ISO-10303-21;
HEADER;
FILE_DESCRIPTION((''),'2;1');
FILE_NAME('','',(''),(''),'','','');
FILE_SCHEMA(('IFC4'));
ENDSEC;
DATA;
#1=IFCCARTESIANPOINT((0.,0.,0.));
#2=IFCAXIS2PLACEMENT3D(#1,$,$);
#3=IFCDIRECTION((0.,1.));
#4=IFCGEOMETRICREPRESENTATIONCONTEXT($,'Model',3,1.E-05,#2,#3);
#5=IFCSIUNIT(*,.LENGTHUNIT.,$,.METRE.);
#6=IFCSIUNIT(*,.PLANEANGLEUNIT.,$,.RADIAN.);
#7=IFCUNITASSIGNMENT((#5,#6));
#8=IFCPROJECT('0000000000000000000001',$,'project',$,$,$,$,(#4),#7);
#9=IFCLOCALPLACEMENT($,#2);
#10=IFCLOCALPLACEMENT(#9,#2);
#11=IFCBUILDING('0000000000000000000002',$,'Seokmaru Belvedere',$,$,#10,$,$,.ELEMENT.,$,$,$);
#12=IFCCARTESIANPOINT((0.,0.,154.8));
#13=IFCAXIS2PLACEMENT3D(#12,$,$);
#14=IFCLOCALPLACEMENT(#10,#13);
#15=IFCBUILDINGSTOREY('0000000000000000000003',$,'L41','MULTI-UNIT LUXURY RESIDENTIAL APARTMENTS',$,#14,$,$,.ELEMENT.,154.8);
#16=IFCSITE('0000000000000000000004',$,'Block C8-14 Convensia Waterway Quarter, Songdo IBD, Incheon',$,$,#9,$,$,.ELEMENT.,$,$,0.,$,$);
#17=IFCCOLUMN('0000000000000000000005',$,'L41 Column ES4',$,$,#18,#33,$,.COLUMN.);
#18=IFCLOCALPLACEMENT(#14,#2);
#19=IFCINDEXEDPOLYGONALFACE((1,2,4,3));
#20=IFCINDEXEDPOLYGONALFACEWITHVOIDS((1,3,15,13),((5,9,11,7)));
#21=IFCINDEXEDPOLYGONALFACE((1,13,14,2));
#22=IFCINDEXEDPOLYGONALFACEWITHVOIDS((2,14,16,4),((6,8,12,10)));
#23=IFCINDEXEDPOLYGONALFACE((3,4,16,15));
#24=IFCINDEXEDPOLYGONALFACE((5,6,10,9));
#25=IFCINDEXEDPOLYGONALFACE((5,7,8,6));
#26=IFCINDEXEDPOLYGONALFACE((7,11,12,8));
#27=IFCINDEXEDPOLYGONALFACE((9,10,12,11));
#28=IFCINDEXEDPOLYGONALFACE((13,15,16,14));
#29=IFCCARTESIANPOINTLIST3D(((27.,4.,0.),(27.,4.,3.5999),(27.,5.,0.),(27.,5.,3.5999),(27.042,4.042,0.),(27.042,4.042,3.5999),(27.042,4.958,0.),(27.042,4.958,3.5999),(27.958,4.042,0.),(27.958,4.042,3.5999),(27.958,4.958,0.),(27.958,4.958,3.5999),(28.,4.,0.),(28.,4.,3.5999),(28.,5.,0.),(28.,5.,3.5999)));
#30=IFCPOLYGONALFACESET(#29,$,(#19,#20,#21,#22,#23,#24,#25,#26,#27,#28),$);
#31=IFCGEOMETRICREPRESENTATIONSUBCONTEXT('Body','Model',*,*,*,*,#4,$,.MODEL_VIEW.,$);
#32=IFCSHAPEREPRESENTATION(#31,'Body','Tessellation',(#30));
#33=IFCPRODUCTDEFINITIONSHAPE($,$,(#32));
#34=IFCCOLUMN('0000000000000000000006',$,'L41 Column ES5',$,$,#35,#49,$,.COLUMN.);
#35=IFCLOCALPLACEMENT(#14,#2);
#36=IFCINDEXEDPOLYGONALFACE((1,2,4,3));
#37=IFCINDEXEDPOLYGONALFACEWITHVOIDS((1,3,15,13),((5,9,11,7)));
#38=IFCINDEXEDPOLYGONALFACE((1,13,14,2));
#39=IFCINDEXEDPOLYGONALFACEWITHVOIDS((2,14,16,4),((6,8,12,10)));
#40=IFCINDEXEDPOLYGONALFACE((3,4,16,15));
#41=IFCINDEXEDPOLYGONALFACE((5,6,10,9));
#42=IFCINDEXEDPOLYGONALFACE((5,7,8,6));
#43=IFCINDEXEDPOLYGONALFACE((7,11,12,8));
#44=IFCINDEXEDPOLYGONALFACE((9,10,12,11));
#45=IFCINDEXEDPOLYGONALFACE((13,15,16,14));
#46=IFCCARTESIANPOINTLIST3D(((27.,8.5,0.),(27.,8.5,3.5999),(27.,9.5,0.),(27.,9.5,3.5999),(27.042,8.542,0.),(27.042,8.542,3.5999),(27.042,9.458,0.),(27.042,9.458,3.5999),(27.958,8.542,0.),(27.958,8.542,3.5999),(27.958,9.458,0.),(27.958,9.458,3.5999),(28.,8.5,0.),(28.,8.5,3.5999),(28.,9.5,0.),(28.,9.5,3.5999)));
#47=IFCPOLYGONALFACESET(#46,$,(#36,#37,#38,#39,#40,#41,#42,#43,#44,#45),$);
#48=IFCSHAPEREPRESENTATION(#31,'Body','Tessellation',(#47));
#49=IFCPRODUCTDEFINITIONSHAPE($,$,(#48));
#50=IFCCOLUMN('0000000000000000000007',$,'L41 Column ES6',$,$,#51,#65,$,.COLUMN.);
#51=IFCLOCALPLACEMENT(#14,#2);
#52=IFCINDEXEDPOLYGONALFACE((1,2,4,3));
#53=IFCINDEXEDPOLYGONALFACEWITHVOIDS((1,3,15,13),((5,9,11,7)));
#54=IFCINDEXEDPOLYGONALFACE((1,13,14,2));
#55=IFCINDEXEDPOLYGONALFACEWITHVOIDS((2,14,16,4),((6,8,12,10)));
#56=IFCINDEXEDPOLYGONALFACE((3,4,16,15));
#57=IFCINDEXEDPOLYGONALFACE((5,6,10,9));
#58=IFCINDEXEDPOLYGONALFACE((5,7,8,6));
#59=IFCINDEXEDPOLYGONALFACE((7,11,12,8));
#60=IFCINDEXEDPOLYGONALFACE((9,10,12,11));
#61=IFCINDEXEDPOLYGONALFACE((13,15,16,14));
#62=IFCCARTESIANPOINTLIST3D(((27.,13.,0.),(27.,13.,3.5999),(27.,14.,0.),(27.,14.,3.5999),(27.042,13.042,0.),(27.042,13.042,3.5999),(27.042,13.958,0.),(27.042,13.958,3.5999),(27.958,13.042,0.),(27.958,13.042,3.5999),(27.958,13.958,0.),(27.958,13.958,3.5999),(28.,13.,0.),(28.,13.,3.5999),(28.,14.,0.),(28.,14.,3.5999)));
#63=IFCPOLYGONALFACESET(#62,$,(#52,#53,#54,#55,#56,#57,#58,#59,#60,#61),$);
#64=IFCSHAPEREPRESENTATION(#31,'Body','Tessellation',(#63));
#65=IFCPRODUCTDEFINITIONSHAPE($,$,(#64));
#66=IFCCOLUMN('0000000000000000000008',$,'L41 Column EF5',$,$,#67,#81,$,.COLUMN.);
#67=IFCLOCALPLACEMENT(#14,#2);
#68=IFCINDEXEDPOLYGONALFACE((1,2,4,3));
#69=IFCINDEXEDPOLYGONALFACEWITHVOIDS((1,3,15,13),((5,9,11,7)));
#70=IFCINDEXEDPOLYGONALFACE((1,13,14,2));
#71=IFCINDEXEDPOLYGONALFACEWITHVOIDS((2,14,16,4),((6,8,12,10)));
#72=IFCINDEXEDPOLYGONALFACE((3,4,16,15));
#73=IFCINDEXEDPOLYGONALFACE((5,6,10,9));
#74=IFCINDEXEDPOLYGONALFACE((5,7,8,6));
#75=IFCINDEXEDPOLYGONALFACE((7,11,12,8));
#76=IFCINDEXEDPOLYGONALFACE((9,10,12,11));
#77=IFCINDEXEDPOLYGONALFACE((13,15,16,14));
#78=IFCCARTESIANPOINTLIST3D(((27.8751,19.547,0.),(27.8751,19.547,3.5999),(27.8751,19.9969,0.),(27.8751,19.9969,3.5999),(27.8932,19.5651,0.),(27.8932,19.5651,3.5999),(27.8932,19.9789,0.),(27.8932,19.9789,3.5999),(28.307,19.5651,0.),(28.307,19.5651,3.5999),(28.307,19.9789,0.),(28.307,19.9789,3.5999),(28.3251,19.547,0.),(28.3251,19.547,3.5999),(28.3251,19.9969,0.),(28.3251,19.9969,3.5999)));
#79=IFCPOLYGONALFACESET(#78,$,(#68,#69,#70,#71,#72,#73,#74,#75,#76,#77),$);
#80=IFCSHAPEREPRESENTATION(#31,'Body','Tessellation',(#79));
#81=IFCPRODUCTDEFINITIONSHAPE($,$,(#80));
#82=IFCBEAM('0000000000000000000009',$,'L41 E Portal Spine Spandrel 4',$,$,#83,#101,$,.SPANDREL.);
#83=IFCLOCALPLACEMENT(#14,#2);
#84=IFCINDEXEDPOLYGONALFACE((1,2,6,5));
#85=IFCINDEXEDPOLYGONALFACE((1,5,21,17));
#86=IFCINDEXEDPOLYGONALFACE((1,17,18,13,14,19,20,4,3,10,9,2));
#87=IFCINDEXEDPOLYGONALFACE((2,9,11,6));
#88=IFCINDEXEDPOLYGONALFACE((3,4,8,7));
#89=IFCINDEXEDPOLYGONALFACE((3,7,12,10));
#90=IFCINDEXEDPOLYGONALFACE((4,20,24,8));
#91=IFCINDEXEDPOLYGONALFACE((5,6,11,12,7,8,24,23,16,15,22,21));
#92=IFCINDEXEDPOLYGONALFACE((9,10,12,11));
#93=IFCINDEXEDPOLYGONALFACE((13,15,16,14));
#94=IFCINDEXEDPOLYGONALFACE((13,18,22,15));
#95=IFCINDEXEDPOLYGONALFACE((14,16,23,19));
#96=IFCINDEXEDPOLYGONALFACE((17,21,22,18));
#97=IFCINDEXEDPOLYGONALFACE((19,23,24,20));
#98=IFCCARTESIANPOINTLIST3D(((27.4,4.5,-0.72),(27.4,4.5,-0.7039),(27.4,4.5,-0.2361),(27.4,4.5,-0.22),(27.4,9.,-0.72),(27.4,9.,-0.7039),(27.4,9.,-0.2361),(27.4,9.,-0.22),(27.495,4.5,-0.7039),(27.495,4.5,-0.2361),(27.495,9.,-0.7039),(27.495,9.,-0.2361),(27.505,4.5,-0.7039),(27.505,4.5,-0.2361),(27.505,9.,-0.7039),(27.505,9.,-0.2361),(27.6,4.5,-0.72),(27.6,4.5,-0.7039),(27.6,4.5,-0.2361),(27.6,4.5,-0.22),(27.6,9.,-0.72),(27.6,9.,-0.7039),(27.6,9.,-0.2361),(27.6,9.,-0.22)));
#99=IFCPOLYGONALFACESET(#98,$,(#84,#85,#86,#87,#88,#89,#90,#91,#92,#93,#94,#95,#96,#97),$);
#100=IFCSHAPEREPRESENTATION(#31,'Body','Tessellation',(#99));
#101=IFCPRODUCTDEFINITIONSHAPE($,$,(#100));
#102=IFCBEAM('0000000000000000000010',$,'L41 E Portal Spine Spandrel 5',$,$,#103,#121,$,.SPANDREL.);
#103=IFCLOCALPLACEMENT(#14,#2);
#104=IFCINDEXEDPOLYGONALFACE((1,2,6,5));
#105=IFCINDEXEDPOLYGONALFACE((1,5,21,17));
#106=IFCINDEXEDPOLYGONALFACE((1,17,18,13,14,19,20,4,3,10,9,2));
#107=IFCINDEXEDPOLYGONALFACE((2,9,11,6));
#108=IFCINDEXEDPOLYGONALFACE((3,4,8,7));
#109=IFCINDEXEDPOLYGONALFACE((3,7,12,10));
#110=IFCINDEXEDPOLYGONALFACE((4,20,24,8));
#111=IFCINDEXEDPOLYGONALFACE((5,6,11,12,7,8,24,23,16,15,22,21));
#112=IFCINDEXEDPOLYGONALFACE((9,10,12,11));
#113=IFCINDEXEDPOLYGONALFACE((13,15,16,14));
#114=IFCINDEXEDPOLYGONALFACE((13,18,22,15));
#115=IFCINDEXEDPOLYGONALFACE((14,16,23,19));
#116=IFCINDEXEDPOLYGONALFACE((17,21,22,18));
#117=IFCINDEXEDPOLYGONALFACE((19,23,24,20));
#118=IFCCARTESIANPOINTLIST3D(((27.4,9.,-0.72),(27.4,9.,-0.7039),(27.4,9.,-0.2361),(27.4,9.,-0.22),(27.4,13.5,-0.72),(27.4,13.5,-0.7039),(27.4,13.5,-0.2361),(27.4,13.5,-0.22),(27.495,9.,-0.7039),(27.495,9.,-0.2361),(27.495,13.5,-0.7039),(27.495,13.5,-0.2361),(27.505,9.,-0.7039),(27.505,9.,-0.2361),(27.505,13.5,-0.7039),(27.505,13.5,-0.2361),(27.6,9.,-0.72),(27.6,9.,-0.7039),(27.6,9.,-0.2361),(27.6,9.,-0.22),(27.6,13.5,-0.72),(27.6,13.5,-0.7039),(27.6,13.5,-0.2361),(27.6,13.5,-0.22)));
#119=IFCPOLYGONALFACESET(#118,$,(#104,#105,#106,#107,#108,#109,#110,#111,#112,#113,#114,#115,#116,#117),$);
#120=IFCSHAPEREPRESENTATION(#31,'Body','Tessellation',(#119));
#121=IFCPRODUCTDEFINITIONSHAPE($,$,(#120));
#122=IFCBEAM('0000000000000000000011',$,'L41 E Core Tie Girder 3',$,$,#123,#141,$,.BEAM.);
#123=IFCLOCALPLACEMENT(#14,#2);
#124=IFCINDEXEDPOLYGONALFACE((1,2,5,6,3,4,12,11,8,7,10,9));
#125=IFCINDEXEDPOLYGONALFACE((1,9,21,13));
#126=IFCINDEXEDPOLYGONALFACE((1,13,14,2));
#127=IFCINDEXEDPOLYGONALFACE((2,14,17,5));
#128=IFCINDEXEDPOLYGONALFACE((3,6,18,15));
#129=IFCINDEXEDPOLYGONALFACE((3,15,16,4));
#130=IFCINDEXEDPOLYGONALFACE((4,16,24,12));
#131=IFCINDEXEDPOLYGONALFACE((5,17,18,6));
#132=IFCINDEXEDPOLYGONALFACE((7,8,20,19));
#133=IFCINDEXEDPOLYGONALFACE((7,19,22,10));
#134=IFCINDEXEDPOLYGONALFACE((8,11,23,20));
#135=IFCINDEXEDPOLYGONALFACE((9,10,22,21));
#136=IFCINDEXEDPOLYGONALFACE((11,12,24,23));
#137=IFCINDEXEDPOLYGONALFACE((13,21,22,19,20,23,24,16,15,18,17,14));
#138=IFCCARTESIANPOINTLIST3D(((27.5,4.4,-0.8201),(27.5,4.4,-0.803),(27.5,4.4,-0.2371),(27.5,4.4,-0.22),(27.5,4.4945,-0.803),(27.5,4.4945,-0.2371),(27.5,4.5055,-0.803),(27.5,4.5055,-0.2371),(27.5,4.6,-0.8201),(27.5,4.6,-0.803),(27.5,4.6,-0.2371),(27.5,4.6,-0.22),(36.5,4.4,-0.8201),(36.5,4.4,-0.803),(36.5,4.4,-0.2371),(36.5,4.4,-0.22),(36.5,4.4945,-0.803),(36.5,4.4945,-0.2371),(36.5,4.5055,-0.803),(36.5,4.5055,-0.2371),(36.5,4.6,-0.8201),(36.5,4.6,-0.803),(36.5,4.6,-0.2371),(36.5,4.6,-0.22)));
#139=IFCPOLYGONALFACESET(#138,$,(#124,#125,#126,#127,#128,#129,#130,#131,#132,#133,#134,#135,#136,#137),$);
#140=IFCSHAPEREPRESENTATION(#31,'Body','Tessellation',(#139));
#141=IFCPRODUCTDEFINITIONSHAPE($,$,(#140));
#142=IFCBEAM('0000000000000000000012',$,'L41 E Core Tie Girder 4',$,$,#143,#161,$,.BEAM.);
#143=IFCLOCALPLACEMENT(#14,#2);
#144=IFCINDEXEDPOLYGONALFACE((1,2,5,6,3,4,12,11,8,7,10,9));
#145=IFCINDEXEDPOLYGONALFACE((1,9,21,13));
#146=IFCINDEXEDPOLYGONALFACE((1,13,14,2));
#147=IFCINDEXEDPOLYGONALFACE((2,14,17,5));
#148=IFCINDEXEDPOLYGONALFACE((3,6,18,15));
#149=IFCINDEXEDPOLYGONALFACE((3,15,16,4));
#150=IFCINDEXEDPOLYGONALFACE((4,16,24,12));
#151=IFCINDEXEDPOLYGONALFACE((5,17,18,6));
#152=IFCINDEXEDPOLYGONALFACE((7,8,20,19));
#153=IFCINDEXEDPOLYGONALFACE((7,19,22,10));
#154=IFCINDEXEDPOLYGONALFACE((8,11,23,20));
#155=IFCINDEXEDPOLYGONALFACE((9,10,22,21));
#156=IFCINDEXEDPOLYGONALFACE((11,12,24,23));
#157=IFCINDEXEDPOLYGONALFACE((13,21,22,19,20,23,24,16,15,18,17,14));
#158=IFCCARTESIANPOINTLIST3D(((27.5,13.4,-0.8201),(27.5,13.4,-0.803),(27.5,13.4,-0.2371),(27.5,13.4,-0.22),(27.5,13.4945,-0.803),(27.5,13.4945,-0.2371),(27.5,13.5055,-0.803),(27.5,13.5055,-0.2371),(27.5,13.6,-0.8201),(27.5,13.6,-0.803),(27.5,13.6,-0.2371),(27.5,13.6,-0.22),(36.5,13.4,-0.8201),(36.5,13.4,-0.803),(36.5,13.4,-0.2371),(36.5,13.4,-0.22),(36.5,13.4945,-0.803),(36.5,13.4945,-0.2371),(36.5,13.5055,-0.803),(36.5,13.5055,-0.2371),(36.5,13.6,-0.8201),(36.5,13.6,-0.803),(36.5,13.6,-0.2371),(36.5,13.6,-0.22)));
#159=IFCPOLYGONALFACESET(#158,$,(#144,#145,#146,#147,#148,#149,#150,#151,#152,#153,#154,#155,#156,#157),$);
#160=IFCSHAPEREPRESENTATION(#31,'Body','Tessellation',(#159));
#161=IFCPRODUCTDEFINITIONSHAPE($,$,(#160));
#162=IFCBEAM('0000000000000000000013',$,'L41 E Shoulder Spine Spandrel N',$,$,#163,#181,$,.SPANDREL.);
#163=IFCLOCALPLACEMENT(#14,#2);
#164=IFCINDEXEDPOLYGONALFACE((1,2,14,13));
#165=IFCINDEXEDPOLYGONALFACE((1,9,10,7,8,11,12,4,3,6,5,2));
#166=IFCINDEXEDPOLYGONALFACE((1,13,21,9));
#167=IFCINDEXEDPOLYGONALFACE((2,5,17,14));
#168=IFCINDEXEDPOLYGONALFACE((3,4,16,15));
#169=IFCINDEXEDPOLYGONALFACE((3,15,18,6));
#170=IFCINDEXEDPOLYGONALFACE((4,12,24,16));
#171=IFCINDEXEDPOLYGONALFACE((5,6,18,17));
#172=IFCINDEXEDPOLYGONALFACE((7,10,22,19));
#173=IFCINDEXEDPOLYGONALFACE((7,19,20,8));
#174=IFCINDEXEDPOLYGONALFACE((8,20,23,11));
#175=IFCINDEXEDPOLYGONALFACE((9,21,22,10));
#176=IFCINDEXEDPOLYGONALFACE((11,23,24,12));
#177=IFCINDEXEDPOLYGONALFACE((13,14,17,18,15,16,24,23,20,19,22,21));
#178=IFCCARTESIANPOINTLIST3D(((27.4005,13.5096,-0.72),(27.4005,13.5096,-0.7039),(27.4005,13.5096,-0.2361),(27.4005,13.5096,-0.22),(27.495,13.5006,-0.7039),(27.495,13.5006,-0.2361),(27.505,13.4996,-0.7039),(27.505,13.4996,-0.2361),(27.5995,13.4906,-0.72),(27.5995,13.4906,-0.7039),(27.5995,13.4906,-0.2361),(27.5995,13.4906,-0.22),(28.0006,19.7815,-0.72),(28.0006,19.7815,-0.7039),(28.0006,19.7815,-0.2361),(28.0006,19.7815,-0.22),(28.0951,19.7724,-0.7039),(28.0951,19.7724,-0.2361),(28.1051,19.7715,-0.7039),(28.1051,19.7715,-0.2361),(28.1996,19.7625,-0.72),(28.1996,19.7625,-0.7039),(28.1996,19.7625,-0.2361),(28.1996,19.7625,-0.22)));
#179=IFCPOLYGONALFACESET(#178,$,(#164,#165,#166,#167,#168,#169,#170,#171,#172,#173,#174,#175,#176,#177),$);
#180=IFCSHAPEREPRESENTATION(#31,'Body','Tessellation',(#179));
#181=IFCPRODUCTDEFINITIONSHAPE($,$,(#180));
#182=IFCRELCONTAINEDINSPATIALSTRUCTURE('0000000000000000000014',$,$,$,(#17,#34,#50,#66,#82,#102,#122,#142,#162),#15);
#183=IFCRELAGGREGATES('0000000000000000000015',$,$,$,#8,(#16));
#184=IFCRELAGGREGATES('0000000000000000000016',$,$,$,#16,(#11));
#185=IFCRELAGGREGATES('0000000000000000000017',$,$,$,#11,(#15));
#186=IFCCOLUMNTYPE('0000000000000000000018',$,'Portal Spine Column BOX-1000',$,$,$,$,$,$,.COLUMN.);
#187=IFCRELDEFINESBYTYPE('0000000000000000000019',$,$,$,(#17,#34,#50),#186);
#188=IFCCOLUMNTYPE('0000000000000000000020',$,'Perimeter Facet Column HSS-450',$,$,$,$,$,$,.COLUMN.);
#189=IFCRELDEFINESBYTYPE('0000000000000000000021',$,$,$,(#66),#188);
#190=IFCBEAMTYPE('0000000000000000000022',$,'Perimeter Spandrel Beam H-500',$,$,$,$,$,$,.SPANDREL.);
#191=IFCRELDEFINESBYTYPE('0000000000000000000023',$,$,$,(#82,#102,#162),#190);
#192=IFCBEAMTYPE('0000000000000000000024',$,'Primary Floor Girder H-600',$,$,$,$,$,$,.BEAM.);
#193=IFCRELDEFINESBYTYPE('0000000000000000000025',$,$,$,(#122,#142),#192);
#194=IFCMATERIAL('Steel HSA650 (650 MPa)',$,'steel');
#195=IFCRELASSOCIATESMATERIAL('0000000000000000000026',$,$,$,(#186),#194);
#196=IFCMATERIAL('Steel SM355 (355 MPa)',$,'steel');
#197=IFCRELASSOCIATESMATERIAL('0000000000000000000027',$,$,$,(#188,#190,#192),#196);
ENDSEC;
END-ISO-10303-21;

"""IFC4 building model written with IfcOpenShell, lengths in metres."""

from ifc_helpers import new_model, si_unit, direction, frame, origin, origin_2d, place, context, subcontext, project, spatial, hollow_rectangle, i_section, extrude, source, transform, mapped, material, material_profile, profile_set, type_object, type_shapes, element, save


model = new_model("IFC4")

# Units and contexts
model_context = context("Model", 3, precision=1e-05, world=origin(), true_north=direction((0.0, 1.0)))
body_context = subcontext(model_context, "Body", "Model", "MODEL_VIEW")
ifc_project = project(units=[si_unit("LENGTHUNIT", "METRE"), si_unit("PLANEANGLEUNIT", "RADIAN")], contexts=[model_context])

# Site, building, storey
site_placement = place(None, origin())
site = spatial("IfcSite", under=ifc_project, at=site_placement, Name="Block C8-14 Convensia Waterway Quarter, Songdo IBD, Incheon", CompositionType="ELEMENT", RefElevation=0.0)
building_placement = place(site_placement, origin())
building = spatial("IfcBuilding", under=site, at=building_placement, Name="Seokmaru Belvedere", CompositionType="ELEMENT")
storey_placement = place(building_placement, frame((0.0, 0.0, 154.8)))
storey = spatial("IfcBuildingStorey", under=building, at=storey_placement, Name="L41", Description="MULTI-UNIT LUXURY RESIDENTIAL APARTMENTS", CompositionType="ELEMENT", Elevation=154.8)

# Columns
ifc_material_1 = material(Name="Steel HSA650 (650 MPa)", Category="steel")
ifc_material_profile_1 = material_profile(ifc_material_1, hollow_rectangle(XDim=1.0, YDim=1.0, WallThickness=0.042, at=origin_2d()), Name="BOX-1000x1000x42")
ifc_profile_set_1 = profile_set([ifc_material_profile_1], Name="Steel HSA650 (650 MPa)")
column_type_1 = type_object("IfcColumnType", Name="Portal Spine Column BOX-1000", PredefinedType="COLUMN", material=ifc_profile_set_1)
shared_shape_1 = source(origin(), body_context, "Body", "SweptSolid", [
    extrude(hollow_rectangle(XDim=1.0, YDim=1.0, WallThickness=0.042, at=origin_2d()), origin(), (0.0, 0.0, 1.0), 3.5999),
])
type_shapes(column_type_1, [shared_shape_1])
for number, where, z_axis, x_axis, name in (
    (1, (27.5, 4.5, 0.0), (0.0, 0.0, 1.0), (1.0, 0.0, 0.0), "L41 Column ES4"),
    (2, (27.5, 9.0, 0.0), (0.0, 0.0, 1.0), (1.0, 0.0, 0.0), "L41 Column ES5"),
    (3, (27.5, 13.5, 0.0), (0.0, 0.0, 1.0), (1.0, 0.0, 0.0), "L41 Column ES6"),
):
    element("IfcColumn", number, at=place(storey_placement, frame(where, z_axis=z_axis, x_axis=x_axis)), inside=storey, type_object=column_type_1, Name=name, PredefinedType="COLUMN", context=body_context, shape_type="MappedRepresentation", body=[
        mapped(shared_shape_1, transform((0.0, 0.0, 0.0), scale=1.0)),
    ])
ifc_material_2 = material(Name="Steel SM355 (355 MPa)", Category="steel")
ifc_material_profile_2 = material_profile(ifc_material_2, hollow_rectangle(XDim=0.45, YDim=0.45, WallThickness=0.0181, at=origin_2d()), Name="HSS-450x450x18")
ifc_profile_set_2 = profile_set([ifc_material_profile_2], Name="Steel SM355 (355 MPa)")
column_type_2 = type_object("IfcColumnType", Name="Perimeter Facet Column HSS-450", PredefinedType="COLUMN", material=ifc_profile_set_2)
shared_shape_2 = source(origin(), body_context, "Body", "SweptSolid", [
    extrude(hollow_rectangle(XDim=0.45, YDim=0.45, WallThickness=0.0181, at=origin_2d()), origin(), (0.0, 0.0, 1.0), 3.5999),
])
type_shapes(column_type_2, [shared_shape_2])
column_placement = place(storey_placement, frame((28.1001, 19.772, 0.0), z_axis=(0.0, 0.0, 1.0), x_axis=(1.0, 0.0, 0.0)))
element("IfcColumn", 4, at=column_placement, inside=storey, type_object=column_type_2, Name="L41 Column EF5", PredefinedType="COLUMN", context=body_context, shape_type="MappedRepresentation", body=[
    mapped(shared_shape_2, transform((0.0, 0.0, 0.0), scale=1.0)),
])

# Beams
ifc_material_profile_3 = material_profile(ifc_material_2, i_section(OverallWidth=0.2, OverallDepth=0.5, WebThickness=0.01, FlangeThickness=0.0161, at=origin_2d()), Name="H-500x200x10x16")
ifc_profile_set_3 = profile_set([ifc_material_profile_3], Name="Steel SM355 (355 MPa)")
beam_type_1 = type_object("IfcBeamType", Name="Perimeter Spandrel Beam H-500", PredefinedType="SPANDREL", material=ifc_profile_set_3)
shared_shape_3 = source(origin(), body_context, "Body", "SweptSolid", [
    extrude(i_section(OverallWidth=0.2, OverallDepth=0.5, WebThickness=0.01, FlangeThickness=0.0161, at=origin_2d()), origin(), (0.0, 0.0, 1.0), 4.5),
])
for number, where, z_axis, x_axis, name in (
    (5, (27.5, 4.5, -0.47), (0.0, 1.0, 0.0), (-1.0, 0.0, 0.0), "L41 E Portal Spine Spandrel 4"),
    (6, (27.5, 9.0, -0.47), (0.0, 1.0, 0.0), (-1.0, 0.0, 0.0), "L41 E Portal Spine Spandrel 5"),
):
    element("IfcBeam", number, at=place(storey_placement, frame(where, z_axis=z_axis, x_axis=x_axis)), inside=storey, type_object=beam_type_1, Name=name, PredefinedType="SPANDREL", context=body_context, shape_type="MappedRepresentation", body=[
        mapped(shared_shape_3, transform((0.0, 0.0, 0.0), scale=1.0)),
    ])
ifc_material_profile_4 = material_profile(ifc_material_2, i_section(OverallWidth=0.2, OverallDepth=0.6001, WebThickness=0.011, FlangeThickness=0.0171, at=origin_2d()), Name="H-600x200x11x17")
ifc_profile_set_4 = profile_set([ifc_material_profile_4], Name="Steel SM355 (355 MPa)")
beam_type_2 = type_object("IfcBeamType", Name="Primary Floor Girder H-600", PredefinedType="BEAM", material=ifc_profile_set_4)
shared_shape_4 = source(origin(), body_context, "Body", "SweptSolid", [
    extrude(i_section(OverallWidth=0.2, OverallDepth=0.6001, WebThickness=0.011, FlangeThickness=0.0171, at=origin_2d()), origin(), (0.0, 0.0, 1.0), 9.0),
])
type_shapes(beam_type_2, [shared_shape_4])
for number, where, z_axis, x_axis, name in (
    (7, (27.5, 4.5, -0.52), (1.0, 0.0, 0.0), (0.0, 1.0, 0.0), "L41 E Core Tie Girder 3"),
    (8, (27.5, 13.5, -0.52), (1.0, 0.0, 0.0), (0.0, 1.0, 0.0), "L41 E Core Tie Girder 4"),
):
    element("IfcBeam", number, at=place(storey_placement, frame(where, z_axis=z_axis, x_axis=x_axis)), inside=storey, type_object=beam_type_2, Name=name, PredefinedType="BEAM", context=body_context, shape_type="MappedRepresentation", body=[
        mapped(shared_shape_4, transform((0.0, 0.0, 0.0), scale=1.0)),
    ])
shared_shape_5 = source(origin(), body_context, "Body", "SweptSolid", [
    extrude(i_section(OverallWidth=0.2, OverallDepth=0.5, WebThickness=0.01, FlangeThickness=0.0161, at=origin_2d()), origin(), (0.0, 0.0, 1.0), 6.3005),
])
type_shapes(beam_type_1, [shared_shape_3, shared_shape_5])
beam_placement = place(storey_placement, frame((28.1001, 19.772, -0.47), z_axis=(-0.095244, -0.995454, 0.0), x_axis=(0.995454, -0.095244, 0.0)))
element("IfcBeam", 9, at=beam_placement, inside=storey, type_object=beam_type_1, Name="L41 E Shoulder Spine Spandrel N", PredefinedType="SPANDREL", context=body_context, shape_type="MappedRepresentation", body=[
    mapped(shared_shape_5, transform((0.0, 0.0, 0.0), scale=1.0)),
])

save(model, "model.ifc")
